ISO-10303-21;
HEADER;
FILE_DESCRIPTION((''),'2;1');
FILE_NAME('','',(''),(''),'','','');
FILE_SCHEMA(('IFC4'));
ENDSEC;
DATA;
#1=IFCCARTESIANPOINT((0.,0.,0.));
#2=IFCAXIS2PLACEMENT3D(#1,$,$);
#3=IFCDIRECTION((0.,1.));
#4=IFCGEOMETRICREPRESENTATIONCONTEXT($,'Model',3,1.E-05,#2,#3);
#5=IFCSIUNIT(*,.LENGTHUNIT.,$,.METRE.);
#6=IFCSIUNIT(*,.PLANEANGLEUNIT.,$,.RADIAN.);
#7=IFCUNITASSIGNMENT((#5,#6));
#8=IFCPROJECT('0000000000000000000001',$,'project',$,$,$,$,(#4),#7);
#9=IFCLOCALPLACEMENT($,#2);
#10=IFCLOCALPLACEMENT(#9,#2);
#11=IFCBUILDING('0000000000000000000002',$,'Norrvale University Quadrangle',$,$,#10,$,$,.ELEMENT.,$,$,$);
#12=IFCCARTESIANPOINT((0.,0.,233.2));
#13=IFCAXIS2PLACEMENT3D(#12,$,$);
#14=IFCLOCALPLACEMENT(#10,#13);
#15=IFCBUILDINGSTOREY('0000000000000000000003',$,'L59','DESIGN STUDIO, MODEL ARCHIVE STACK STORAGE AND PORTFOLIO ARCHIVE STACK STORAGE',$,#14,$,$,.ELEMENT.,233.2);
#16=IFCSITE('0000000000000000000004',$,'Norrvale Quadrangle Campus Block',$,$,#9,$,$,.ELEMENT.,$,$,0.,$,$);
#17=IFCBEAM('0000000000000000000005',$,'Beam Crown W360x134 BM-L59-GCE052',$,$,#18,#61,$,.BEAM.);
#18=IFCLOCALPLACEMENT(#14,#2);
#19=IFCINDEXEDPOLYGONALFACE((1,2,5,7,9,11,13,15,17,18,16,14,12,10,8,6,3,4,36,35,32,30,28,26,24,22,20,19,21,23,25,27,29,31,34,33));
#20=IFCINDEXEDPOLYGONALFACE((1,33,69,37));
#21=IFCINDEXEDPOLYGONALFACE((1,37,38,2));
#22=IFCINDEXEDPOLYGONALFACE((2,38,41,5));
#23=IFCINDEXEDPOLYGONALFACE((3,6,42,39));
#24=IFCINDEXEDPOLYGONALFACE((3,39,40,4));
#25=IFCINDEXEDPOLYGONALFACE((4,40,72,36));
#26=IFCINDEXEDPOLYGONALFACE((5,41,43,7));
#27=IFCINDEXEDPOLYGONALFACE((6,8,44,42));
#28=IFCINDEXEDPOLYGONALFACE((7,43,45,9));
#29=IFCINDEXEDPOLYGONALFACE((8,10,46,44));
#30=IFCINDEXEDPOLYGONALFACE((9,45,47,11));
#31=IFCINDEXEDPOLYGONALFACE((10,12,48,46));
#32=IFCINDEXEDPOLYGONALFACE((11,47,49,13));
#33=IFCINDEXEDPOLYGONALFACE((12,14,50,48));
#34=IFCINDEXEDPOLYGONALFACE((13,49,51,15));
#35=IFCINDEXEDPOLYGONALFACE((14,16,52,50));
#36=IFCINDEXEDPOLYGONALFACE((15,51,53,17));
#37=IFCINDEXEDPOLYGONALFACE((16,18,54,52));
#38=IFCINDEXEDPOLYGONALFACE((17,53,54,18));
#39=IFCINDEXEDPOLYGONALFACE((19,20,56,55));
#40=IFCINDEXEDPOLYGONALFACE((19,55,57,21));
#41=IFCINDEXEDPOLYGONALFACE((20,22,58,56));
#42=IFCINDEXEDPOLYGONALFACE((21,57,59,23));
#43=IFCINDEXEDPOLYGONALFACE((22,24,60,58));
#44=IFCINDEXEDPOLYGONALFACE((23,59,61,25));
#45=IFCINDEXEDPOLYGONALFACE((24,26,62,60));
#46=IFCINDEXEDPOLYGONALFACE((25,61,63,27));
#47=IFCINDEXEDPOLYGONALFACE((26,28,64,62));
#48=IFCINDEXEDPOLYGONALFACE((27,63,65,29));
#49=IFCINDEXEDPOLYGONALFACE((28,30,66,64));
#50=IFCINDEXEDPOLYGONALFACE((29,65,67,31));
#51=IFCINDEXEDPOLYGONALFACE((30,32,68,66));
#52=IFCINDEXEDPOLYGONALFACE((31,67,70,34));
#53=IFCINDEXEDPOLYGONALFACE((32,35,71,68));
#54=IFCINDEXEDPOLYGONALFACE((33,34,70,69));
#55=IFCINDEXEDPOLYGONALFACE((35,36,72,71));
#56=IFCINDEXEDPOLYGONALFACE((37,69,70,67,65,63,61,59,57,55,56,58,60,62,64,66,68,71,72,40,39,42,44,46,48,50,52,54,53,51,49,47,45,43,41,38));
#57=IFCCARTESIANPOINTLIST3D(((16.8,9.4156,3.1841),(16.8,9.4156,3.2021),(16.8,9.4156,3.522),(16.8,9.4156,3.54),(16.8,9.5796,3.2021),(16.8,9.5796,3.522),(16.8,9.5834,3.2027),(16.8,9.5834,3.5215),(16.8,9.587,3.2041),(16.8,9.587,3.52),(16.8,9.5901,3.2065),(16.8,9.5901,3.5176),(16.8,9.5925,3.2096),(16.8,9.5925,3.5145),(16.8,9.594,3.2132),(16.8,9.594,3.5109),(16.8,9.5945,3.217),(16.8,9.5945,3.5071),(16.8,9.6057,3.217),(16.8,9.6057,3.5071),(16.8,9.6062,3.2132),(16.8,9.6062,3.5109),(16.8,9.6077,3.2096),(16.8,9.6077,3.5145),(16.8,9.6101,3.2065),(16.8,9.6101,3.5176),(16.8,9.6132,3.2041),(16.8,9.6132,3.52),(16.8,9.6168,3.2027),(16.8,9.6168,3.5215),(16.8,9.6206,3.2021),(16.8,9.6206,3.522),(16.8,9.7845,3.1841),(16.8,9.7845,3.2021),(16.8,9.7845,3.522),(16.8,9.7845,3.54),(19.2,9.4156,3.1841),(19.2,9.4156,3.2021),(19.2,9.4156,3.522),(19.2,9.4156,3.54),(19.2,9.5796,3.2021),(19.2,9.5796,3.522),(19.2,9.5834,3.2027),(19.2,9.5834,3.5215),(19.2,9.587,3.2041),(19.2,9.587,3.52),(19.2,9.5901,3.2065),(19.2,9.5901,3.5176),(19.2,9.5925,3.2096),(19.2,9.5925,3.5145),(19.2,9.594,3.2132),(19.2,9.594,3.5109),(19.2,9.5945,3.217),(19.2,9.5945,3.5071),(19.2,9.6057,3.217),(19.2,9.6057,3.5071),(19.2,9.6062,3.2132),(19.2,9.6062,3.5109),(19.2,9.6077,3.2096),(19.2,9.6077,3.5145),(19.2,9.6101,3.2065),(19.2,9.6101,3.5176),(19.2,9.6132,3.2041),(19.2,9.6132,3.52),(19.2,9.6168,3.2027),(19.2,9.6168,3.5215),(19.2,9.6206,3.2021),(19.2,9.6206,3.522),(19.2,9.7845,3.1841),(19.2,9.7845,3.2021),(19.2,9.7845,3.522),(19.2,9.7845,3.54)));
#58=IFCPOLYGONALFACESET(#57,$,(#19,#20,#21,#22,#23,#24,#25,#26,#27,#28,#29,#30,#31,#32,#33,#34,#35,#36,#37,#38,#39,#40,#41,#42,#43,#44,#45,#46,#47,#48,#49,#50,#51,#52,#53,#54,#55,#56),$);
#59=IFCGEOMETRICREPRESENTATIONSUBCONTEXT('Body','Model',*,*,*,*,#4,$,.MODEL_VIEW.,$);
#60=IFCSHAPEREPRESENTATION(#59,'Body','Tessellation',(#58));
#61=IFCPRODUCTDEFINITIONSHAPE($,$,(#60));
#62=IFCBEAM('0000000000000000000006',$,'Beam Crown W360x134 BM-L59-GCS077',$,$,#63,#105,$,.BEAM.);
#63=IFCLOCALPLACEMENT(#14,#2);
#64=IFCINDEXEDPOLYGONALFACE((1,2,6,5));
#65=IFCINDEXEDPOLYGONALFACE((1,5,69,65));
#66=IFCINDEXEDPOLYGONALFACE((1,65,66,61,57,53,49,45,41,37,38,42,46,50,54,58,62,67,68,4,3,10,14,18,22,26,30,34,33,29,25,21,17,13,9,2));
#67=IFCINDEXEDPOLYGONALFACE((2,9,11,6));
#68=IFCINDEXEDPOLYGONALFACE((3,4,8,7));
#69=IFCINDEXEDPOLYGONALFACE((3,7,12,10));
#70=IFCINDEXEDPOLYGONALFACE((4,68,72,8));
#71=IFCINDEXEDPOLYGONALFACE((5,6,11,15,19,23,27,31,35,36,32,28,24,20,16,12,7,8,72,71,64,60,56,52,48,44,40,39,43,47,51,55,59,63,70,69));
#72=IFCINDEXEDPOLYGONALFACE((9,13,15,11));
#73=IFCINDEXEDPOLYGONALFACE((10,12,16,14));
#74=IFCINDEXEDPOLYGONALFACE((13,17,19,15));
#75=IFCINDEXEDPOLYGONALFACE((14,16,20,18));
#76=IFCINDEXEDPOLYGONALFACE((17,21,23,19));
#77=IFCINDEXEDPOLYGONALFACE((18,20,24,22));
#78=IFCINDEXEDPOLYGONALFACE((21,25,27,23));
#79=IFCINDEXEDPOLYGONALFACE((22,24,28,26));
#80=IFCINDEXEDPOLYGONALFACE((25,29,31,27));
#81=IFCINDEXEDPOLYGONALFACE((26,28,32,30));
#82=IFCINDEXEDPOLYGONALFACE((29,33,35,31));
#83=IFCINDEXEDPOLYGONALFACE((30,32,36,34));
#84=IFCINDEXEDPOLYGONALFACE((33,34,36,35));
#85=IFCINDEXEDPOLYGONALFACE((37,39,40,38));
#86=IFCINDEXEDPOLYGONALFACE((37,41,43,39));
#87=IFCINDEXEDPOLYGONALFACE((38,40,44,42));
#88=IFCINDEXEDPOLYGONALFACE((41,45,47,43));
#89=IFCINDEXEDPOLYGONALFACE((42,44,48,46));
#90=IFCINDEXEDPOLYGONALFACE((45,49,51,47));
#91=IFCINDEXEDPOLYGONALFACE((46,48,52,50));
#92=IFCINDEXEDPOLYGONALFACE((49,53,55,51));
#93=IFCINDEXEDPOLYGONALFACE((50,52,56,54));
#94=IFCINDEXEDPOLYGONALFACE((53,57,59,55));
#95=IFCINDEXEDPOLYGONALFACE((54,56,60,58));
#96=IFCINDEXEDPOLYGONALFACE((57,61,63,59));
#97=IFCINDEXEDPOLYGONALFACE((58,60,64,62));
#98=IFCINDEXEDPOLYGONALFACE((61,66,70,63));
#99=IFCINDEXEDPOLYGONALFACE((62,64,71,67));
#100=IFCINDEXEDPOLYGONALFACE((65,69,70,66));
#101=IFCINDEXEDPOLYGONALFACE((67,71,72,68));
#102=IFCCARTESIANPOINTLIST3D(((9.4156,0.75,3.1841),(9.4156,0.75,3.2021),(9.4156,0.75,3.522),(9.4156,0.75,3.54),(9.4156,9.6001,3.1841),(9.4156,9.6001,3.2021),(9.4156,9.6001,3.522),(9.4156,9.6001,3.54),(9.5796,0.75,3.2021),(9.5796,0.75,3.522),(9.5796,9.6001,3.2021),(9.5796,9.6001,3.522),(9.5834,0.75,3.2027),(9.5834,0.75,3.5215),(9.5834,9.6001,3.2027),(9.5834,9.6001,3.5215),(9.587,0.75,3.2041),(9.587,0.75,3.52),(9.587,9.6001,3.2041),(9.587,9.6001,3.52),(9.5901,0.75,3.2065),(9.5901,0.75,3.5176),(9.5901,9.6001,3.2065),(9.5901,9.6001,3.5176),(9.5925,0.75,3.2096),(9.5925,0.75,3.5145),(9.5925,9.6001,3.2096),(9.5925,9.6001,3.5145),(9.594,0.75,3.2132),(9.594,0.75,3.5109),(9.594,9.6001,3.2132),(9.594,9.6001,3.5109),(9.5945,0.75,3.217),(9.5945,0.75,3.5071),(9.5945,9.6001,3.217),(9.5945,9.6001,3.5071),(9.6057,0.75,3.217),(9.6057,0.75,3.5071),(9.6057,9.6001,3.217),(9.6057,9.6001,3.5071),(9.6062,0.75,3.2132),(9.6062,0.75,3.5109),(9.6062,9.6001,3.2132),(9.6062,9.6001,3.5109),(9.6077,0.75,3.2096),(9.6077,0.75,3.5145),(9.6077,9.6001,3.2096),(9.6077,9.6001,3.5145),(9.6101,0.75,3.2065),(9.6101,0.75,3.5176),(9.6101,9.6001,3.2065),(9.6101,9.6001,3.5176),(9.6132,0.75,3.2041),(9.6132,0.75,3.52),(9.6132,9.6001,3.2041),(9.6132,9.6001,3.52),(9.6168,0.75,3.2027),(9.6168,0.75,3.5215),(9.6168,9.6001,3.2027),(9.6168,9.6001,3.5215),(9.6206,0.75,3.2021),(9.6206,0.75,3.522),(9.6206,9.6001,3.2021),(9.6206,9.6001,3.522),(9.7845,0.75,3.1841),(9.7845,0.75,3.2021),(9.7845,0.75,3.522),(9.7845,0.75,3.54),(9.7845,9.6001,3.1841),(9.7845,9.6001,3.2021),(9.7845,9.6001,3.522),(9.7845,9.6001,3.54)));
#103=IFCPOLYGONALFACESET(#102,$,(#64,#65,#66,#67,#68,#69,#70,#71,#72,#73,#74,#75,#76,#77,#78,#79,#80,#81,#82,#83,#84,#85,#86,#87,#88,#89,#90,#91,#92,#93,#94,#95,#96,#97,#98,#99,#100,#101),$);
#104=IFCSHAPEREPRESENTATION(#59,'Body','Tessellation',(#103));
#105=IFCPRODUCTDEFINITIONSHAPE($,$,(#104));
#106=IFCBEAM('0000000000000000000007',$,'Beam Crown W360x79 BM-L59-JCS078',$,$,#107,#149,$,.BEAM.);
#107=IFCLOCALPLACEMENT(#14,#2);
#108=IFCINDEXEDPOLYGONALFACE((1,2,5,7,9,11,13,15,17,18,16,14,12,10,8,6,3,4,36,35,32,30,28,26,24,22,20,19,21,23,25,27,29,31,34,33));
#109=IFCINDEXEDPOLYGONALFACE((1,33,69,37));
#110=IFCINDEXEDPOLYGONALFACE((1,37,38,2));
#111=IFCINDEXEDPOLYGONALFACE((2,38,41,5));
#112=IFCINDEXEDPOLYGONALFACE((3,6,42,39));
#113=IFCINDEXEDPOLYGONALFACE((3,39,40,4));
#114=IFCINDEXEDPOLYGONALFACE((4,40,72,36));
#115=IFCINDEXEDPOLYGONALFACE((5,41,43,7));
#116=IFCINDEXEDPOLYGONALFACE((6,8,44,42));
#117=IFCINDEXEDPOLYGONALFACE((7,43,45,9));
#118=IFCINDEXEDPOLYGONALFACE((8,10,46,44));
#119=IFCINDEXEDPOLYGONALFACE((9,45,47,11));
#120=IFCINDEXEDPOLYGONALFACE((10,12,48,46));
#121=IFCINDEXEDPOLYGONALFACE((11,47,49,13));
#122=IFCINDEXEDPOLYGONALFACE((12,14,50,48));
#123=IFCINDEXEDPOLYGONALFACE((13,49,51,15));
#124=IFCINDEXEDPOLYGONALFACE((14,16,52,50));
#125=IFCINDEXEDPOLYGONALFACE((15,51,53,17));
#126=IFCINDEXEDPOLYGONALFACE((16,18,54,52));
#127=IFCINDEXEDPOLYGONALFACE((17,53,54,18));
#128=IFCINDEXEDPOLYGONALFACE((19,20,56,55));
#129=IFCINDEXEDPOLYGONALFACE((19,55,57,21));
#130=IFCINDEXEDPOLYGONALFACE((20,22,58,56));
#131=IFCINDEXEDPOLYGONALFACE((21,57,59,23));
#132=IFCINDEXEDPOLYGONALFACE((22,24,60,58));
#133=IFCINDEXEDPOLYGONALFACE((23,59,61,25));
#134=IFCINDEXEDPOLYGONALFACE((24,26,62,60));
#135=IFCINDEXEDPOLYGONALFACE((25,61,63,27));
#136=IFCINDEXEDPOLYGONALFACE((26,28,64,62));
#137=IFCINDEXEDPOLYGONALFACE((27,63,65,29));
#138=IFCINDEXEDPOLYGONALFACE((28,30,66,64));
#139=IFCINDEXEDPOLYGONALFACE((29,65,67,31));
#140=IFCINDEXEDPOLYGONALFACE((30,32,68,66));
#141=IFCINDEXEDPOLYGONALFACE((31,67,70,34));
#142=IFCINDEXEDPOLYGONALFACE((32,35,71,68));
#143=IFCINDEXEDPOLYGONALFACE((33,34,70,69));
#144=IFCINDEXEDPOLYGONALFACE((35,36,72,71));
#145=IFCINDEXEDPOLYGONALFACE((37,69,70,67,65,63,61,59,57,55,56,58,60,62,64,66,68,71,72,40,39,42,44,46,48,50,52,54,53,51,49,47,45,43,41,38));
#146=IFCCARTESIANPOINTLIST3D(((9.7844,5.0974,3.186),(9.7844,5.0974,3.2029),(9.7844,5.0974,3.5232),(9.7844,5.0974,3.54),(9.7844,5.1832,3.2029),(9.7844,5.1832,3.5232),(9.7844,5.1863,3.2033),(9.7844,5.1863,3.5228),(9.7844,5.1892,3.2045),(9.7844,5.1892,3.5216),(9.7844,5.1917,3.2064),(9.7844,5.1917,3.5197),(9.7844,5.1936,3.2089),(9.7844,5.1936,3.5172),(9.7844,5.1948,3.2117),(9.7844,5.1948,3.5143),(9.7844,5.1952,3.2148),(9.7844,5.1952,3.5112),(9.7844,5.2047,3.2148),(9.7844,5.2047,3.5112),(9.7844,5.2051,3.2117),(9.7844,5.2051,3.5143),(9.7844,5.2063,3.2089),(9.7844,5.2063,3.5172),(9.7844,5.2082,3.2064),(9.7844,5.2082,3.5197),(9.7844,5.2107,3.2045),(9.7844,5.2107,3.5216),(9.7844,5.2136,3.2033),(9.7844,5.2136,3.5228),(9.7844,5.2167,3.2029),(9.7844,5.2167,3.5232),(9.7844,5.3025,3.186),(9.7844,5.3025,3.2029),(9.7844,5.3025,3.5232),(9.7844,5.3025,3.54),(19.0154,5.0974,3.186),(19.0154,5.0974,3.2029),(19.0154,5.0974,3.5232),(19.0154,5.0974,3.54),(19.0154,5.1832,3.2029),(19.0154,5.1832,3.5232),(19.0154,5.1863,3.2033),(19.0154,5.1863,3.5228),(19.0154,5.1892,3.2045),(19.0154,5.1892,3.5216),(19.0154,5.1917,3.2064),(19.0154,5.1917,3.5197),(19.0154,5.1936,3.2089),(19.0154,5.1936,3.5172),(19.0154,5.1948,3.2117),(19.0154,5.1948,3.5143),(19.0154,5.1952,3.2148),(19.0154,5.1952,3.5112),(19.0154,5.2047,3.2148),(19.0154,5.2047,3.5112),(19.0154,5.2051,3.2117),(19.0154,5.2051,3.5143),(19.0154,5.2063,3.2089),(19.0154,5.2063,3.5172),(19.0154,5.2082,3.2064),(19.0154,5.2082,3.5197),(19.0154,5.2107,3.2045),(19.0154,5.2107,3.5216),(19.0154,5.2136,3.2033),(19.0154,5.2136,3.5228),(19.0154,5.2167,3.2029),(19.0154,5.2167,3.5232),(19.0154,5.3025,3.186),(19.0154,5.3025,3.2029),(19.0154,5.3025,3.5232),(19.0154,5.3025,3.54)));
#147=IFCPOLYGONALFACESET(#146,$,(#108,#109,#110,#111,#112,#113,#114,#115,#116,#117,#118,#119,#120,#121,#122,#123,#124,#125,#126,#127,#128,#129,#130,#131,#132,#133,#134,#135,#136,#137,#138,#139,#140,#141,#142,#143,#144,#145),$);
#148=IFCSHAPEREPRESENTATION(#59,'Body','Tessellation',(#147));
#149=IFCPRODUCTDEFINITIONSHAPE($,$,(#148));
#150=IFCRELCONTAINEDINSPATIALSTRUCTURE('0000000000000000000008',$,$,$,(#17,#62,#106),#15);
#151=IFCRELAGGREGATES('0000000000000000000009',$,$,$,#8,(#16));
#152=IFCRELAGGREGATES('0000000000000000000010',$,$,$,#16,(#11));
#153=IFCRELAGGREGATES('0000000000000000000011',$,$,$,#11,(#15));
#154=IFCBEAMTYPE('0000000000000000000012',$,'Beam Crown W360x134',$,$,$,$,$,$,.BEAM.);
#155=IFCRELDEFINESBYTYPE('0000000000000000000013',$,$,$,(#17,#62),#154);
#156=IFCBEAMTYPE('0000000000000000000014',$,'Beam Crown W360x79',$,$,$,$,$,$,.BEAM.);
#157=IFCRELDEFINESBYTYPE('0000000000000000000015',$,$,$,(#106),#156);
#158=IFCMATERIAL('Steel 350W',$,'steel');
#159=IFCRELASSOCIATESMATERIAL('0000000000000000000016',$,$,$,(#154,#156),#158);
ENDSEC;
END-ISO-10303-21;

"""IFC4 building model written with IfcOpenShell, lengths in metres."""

from ifc_helpers import new_model, si_unit, direction, frame, origin, origin_2d, place, context, subcontext, project, spatial, i_section, extrude, material, material_profile, profile_set, type_object, element, save


model = new_model("IFC4")

# Units and contexts
model_context = context("Model", 3, precision=1e-05, world=origin(), true_north=direction((0.0, 1.0)))
body_context = subcontext(model_context, "Body", "Model", "MODEL_VIEW")
ifc_project = project(units=[si_unit("LENGTHUNIT", "METRE"), si_unit("PLANEANGLEUNIT", "RADIAN")], contexts=[model_context])

# Site, building, storey
site_placement = place(None, origin())
site = spatial("IfcSite", under=ifc_project, at=site_placement, Name="Norrvale Quadrangle Campus Block", CompositionType="ELEMENT", RefElevation=0.0)
building_placement = place(site_placement, origin())
building = spatial("IfcBuilding", under=site, at=building_placement, Name="Norrvale University Quadrangle", CompositionType="ELEMENT")
storey_placement = place(building_placement, frame((0.0, 0.0, 233.2)))
storey = spatial("IfcBuildingStorey", under=building, at=storey_placement, Name="L59", Description="DESIGN STUDIO, MODEL ARCHIVE STACK STORAGE AND PORTFOLIO ARCHIVE STACK STORAGE", CompositionType="ELEMENT", Elevation=233.2)

# Beams
ifc_material_1 = material(Name="Steel 350W", Category="steel")
ifc_material_profile_1 = material_profile(ifc_material_1, i_section(OverallWidth=0.3689, OverallDepth=0.356, WebThickness=0.0112, FlangeThickness=0.0181, FilletRadius=0.0149, at=origin_2d()), Name="Steel 350W")
ifc_profile_set_1 = profile_set([ifc_material_profile_1], Name="Steel 350W")
beam_type_1 = type_object("IfcBeamType", Name="Beam Crown W360x134", PredefinedType="BEAM", material=ifc_profile_set_1)
beam_1_placement = place(storey_placement, frame((16.8, 9.6001, 3.3621), z_axis=(1.0, 0.0, 0.0), x_axis=(0.0, 1.0, 0.0)))
element("IfcBeam", 1, at=beam_1_placement, inside=storey, type_object=beam_type_1, Name="Beam Crown W360x134 BM-L59-GCE052", PredefinedType="BEAM", context=body_context, shape_type="SweptSolid", body=[
    extrude(i_section(OverallWidth=0.3689, OverallDepth=0.356, WebThickness=0.0112, FlangeThickness=0.0181, FilletRadius=0.0149, at=origin_2d()), origin(), (0.0, 0.0, 1.0), 2.3999),
])
beam_2_placement = place(storey_placement, frame((9.6001, 0.75, 3.3621), z_axis=(0.0, 1.0, 0.0), x_axis=(-1.0, 0.0, 0.0)))
element("IfcBeam", 2, at=beam_2_placement, inside=storey, type_object=beam_type_1, Name="Beam Crown W360x134 BM-L59-GCS077", PredefinedType="BEAM", context=body_context, shape_type="SweptSolid", body=[
    extrude(i_section(OverallWidth=0.3689, OverallDepth=0.356, WebThickness=0.0112, FlangeThickness=0.0181, FilletRadius=0.0149, at=origin_2d()), origin(), (0.0, 0.0, 1.0), 8.8501),
])
ifc_material_profile_2 = material_profile(ifc_material_1, i_section(OverallWidth=0.2051, OverallDepth=0.354, WebThickness=0.0095, FlangeThickness=0.0168, FilletRadius=0.012, at=origin_2d()), Name="Steel 350W")
ifc_profile_set_2 = profile_set([ifc_material_profile_2], Name="Steel 350W")
beam_type_2 = type_object("IfcBeamType", Name="Beam Crown W360x79", PredefinedType="BEAM", material=ifc_profile_set_2)
beam_3_placement = place(storey_placement, frame((9.7844, 5.2, 3.363), z_axis=(1.0, 0.0, 0.0), x_axis=(0.0, 1.0, 0.0)))
element("IfcBeam", 3, at=beam_3_placement, inside=storey, type_object=beam_type_2, Name="Beam Crown W360x79 BM-L59-JCS078", PredefinedType="BEAM", context=body_context, shape_type="SweptSolid", body=[
    extrude(i_section(OverallWidth=0.2051, OverallDepth=0.354, WebThickness=0.0095, FlangeThickness=0.0168, FilletRadius=0.012, at=origin_2d()), origin(), (0.0, 0.0, 1.0), 9.231),
])

save(model, "model.ifc")
